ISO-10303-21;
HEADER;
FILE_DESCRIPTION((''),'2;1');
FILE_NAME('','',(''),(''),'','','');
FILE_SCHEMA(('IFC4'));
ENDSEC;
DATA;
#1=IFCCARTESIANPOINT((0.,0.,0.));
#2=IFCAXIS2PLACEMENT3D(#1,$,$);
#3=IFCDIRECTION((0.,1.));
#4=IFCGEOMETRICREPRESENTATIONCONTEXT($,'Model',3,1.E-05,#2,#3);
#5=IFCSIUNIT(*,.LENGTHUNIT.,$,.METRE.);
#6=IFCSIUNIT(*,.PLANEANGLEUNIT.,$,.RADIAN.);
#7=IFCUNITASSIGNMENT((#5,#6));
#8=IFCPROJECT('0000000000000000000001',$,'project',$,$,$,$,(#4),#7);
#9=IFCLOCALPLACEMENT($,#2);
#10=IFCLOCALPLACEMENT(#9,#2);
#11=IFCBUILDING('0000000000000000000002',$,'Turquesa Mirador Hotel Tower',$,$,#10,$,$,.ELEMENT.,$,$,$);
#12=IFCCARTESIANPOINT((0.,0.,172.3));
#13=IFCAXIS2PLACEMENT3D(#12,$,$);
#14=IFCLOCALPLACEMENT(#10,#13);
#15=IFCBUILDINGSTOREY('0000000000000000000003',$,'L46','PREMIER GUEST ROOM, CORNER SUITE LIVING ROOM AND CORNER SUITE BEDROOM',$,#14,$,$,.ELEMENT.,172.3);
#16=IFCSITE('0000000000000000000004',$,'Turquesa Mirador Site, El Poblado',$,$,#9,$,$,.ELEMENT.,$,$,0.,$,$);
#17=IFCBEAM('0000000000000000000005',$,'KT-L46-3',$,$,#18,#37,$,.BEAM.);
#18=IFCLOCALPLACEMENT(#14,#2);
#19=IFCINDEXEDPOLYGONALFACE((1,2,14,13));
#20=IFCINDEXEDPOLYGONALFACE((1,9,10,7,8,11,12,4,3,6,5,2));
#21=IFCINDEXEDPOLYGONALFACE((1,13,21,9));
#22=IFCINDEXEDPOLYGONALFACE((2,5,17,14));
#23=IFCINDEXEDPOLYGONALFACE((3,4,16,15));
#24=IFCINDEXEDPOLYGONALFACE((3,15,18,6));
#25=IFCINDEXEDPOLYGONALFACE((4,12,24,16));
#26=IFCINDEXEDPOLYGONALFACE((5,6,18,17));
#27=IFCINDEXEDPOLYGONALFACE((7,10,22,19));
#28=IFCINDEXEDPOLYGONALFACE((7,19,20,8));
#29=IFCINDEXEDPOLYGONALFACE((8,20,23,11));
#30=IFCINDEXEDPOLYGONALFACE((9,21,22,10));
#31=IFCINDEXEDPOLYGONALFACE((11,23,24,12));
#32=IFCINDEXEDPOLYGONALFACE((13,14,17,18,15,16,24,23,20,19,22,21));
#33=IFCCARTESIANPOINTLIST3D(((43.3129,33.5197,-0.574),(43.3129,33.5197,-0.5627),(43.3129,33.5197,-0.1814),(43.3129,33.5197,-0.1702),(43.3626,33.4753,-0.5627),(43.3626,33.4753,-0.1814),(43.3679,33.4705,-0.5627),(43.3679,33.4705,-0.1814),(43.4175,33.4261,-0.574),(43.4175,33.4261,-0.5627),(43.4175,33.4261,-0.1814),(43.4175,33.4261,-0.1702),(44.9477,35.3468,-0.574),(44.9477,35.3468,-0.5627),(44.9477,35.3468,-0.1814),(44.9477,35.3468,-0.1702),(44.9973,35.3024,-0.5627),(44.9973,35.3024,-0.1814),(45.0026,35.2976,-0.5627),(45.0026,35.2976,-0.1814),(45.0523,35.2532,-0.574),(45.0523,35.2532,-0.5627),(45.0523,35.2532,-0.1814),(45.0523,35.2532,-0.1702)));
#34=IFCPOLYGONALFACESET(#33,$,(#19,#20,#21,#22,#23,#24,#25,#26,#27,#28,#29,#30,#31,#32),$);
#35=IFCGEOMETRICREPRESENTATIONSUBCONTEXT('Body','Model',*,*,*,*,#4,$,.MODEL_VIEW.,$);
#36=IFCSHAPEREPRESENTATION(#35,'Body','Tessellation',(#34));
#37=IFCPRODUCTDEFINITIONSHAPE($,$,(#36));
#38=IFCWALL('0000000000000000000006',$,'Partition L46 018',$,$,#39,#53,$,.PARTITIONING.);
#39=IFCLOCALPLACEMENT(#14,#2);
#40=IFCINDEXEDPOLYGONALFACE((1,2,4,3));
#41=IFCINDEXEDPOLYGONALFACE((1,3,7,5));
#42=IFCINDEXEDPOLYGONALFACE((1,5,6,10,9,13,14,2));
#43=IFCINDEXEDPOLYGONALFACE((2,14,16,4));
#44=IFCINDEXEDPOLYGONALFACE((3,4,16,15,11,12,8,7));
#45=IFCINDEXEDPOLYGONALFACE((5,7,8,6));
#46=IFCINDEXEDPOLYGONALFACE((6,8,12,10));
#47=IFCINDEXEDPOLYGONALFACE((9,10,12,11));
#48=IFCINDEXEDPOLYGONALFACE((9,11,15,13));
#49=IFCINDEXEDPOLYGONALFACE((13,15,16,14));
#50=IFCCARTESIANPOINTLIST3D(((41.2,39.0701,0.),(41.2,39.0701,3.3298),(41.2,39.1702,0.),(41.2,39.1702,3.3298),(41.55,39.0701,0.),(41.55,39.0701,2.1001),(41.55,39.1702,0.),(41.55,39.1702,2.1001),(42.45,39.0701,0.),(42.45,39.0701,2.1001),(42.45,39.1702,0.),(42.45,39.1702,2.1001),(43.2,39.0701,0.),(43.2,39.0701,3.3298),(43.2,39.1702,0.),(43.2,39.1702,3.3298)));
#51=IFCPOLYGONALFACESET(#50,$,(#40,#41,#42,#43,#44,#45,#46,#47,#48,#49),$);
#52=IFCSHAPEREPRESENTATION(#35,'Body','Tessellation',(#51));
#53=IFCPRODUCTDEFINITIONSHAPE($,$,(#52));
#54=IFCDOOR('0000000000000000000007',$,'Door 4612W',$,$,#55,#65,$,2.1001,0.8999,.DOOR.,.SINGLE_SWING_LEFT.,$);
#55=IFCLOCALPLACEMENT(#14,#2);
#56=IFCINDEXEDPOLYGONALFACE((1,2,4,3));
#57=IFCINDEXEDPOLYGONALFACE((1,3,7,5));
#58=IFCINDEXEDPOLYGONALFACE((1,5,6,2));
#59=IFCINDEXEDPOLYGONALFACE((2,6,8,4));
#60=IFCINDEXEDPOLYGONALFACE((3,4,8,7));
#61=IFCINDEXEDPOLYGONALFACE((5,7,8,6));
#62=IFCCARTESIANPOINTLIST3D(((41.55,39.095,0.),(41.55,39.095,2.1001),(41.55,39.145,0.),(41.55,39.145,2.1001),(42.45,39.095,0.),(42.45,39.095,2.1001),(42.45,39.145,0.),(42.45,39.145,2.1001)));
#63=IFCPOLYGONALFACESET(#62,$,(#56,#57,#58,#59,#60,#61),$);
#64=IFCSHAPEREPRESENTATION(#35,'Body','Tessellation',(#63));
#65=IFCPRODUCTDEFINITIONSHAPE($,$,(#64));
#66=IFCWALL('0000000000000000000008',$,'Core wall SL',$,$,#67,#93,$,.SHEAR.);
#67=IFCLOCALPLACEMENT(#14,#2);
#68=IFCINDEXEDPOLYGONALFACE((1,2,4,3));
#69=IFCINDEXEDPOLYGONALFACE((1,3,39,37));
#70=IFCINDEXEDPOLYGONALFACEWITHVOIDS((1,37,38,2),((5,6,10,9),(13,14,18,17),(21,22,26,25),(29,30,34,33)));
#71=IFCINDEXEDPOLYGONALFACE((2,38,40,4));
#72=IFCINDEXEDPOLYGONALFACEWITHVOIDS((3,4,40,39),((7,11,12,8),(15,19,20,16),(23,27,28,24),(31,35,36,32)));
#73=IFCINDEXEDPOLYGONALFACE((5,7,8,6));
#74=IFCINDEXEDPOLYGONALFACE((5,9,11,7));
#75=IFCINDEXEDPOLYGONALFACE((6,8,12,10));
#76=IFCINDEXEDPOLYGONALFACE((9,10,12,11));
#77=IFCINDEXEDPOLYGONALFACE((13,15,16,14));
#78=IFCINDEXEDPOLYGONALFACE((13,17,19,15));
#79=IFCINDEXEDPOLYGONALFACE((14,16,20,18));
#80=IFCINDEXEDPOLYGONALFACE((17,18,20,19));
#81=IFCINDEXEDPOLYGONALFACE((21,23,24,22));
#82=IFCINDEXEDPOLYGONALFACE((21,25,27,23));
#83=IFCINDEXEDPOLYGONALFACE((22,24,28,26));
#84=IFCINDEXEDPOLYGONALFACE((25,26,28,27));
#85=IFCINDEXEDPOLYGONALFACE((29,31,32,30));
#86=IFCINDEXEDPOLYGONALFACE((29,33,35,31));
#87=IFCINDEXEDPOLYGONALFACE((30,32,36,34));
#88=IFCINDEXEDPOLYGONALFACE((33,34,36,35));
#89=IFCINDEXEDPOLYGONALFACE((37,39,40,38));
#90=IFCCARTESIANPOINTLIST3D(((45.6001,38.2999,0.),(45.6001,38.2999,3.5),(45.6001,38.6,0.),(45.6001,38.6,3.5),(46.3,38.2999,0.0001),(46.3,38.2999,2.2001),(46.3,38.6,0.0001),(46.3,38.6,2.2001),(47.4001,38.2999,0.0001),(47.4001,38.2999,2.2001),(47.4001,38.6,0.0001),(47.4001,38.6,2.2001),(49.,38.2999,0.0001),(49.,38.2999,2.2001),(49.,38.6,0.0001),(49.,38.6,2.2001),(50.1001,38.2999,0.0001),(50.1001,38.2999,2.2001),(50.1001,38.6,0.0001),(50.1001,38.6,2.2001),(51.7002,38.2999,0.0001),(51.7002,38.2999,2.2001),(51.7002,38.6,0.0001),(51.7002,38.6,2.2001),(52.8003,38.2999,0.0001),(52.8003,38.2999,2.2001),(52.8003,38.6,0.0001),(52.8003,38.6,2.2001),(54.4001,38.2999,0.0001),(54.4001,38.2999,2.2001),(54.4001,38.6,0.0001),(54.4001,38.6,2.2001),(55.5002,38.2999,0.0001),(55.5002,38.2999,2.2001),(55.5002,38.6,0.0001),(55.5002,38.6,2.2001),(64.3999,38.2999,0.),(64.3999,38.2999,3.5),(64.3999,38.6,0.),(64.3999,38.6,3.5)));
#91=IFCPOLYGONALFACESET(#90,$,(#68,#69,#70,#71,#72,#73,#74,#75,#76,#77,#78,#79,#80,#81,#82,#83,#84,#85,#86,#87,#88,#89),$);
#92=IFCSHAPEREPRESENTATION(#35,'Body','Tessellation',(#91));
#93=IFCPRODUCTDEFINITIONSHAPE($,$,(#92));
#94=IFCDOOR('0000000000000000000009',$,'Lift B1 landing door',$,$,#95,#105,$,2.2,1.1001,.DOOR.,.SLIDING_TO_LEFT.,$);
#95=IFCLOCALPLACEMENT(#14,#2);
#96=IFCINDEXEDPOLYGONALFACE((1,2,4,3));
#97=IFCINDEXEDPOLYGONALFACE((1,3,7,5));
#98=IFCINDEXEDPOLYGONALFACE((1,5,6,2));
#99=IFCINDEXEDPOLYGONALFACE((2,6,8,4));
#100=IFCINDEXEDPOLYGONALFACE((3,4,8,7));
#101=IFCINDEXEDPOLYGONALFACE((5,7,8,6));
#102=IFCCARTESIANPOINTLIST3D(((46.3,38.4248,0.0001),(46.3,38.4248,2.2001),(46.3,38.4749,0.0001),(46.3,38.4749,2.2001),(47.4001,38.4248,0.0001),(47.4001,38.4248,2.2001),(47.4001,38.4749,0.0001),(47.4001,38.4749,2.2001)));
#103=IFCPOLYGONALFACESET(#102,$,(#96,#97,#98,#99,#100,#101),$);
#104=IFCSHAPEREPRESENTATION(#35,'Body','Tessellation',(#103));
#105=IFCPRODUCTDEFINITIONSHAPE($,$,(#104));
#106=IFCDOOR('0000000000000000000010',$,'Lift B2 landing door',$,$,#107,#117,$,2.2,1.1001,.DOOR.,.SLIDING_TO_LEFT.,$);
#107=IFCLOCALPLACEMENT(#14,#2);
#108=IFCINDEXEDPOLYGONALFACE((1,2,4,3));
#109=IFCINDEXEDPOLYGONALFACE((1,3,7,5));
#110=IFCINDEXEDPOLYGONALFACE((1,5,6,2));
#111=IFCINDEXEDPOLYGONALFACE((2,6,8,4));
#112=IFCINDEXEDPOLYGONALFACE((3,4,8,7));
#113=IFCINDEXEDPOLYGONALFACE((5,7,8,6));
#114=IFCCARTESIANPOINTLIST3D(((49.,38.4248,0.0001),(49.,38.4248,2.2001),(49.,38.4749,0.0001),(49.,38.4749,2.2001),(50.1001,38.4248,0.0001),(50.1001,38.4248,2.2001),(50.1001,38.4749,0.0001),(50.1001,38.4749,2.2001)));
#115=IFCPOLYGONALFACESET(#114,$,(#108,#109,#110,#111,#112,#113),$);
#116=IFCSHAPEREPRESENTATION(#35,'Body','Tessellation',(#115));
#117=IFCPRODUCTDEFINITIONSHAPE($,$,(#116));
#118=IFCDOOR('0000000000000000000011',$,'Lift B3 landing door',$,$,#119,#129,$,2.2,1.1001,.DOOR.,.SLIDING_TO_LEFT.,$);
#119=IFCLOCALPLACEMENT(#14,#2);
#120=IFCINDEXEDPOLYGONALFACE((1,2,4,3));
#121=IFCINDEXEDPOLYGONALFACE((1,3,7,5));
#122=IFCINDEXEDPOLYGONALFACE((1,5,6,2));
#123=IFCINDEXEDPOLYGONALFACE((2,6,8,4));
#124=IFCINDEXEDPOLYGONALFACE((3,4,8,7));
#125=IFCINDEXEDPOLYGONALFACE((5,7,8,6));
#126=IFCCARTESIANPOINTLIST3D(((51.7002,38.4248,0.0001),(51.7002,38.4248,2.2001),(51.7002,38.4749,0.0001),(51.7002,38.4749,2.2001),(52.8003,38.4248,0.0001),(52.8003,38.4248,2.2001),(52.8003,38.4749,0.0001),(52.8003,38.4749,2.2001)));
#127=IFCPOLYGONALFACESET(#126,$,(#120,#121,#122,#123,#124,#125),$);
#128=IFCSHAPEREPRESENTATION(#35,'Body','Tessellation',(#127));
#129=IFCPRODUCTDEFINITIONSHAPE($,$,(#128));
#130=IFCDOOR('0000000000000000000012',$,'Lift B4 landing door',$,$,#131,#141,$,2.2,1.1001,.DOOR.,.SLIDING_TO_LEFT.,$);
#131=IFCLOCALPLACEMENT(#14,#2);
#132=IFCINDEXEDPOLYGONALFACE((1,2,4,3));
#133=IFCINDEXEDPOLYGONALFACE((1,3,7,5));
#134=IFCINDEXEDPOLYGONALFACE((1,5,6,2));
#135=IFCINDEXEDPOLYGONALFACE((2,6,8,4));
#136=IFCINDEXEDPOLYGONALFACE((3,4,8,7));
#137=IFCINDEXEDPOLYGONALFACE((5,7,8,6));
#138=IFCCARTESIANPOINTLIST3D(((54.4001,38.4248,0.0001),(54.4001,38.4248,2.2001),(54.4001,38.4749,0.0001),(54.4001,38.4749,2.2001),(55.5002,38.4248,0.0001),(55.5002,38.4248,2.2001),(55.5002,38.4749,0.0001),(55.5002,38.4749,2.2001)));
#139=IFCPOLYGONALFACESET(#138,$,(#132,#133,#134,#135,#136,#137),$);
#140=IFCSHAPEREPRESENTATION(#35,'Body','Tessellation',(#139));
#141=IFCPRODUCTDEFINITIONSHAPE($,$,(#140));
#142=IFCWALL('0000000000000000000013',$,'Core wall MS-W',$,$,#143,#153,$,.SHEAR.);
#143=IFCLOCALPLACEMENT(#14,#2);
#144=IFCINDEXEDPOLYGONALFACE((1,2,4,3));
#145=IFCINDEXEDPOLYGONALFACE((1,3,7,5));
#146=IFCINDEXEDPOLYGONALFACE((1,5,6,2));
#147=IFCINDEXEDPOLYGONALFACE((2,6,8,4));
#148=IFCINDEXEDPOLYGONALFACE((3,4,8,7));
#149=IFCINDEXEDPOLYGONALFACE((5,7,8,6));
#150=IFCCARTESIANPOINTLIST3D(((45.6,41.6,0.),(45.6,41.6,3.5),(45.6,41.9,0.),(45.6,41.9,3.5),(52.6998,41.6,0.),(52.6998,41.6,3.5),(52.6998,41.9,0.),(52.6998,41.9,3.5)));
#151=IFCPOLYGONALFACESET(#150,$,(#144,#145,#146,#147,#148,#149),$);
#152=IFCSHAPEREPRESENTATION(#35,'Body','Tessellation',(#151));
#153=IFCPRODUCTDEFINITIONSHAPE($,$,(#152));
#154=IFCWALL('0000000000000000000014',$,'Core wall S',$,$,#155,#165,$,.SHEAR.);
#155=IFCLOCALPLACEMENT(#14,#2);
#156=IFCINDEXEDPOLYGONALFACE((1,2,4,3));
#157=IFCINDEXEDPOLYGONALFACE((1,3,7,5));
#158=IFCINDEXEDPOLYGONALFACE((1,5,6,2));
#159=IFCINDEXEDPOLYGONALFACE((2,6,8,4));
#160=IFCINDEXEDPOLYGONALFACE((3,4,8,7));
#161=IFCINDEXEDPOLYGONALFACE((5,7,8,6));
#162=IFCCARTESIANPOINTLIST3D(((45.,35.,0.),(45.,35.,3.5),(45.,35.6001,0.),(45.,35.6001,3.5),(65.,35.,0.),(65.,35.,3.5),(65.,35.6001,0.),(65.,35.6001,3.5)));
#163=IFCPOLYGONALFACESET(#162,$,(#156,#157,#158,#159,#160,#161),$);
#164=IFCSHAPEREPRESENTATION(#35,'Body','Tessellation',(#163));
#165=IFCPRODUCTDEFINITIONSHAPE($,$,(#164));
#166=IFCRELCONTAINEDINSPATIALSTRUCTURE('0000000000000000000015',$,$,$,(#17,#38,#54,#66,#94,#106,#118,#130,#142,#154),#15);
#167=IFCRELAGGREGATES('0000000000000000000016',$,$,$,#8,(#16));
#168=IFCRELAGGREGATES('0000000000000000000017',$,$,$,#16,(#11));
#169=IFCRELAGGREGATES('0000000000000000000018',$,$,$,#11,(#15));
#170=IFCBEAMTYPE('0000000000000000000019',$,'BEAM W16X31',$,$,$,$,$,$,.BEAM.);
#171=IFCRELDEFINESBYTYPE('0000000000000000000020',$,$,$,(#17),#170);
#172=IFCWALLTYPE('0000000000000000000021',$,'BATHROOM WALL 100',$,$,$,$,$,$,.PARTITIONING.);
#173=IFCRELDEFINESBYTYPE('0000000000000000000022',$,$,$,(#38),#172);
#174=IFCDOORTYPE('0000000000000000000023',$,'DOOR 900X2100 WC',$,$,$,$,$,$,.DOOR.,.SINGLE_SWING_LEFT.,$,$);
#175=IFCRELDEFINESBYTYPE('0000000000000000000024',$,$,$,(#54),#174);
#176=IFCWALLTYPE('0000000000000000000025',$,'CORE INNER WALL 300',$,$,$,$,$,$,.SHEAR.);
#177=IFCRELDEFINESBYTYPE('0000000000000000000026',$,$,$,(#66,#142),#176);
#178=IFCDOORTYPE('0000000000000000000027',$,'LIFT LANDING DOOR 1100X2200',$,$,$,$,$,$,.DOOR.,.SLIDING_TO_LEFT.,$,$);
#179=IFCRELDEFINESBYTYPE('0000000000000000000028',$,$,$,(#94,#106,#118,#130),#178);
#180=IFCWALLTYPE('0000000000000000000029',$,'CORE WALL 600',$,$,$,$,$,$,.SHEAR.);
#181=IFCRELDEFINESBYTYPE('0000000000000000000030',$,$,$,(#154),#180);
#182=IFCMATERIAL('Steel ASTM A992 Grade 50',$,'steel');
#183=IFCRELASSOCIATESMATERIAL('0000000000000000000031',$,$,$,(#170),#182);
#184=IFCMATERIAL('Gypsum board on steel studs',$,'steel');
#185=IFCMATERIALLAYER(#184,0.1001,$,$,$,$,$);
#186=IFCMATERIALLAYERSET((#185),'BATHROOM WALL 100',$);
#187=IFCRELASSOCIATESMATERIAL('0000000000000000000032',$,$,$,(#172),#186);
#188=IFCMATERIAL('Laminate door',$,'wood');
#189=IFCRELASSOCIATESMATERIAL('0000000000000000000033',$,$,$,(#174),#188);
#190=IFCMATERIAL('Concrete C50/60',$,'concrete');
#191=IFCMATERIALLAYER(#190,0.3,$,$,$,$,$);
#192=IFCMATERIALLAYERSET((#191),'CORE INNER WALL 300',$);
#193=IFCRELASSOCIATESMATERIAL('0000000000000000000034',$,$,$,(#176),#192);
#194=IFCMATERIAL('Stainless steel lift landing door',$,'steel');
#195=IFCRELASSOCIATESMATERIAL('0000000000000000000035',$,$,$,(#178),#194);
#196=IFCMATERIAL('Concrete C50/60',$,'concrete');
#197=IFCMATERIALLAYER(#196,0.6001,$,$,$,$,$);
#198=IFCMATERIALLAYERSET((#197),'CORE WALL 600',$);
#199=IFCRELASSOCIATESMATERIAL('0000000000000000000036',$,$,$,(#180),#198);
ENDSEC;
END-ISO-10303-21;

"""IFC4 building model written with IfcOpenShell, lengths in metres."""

from ifc_helpers import new_model, si_unit, direction, frame, frame_2d, origin, origin_2d, place, context, subcontext, project, spatial, rectangle, i_section, extrude, material, layer, layer_set, material_profile, profile_set, type_object, element, fill, save


model = new_model("IFC4")

# Units and contexts
model_context = context("Model", 3, precision=1e-05, world=origin(), true_north=direction((0.0, 1.0)))
body_context = subcontext(model_context, "Body", "Model", "MODEL_VIEW")
ifc_project = project(units=[si_unit("LENGTHUNIT", "METRE"), si_unit("PLANEANGLEUNIT", "RADIAN")], contexts=[model_context])

# Site, building, storey
site_placement = place(None, origin())
site = spatial("IfcSite", under=ifc_project, at=site_placement, Name="Turquesa Mirador Site, El Poblado", CompositionType="ELEMENT", RefElevation=0.0)
building_placement = place(site_placement, origin())
building = spatial("IfcBuilding", under=site, at=building_placement, Name="Turquesa Mirador Hotel Tower", CompositionType="ELEMENT")
storey_placement = place(building_placement, frame((0.0, 0.0, 172.3)))
storey = spatial("IfcBuildingStorey", under=building, at=storey_placement, Name="L46", Description="PREMIER GUEST ROOM, CORNER SUITE LIVING ROOM AND CORNER SUITE BEDROOM", CompositionType="ELEMENT", Elevation=172.3)

# Beam
ifc_material_1 = material(Name="Steel ASTM A992 Grade 50", Category="steel")
ifc_material_profile = material_profile(ifc_material_1, i_section(OverallWidth=0.1404, OverallDepth=0.4038, WebThickness=0.0071, FlangeThickness=0.0112, at=origin_2d()), Name="W16X31")
ifc_profile_set = profile_set([ifc_material_profile], Name="Steel ASTM A992 Grade 50")
beam_type = type_object("IfcBeamType", Name="BEAM W16X31", PredefinedType="BEAM", material=ifc_profile_set)
beam_placement = place(storey_placement, frame((43.3652, 33.4729, -0.3721), z_axis=(0.666783, 0.745252, 0.0), x_axis=(-0.745252, 0.666783, 0.0)))
element("IfcBeam", 1, at=beam_placement, inside=storey, type_object=beam_type, Name="KT-L46-3", PredefinedType="BEAM", context=body_context, shape_type="SweptSolid", body=[
    extrude(i_section(OverallWidth=0.1404, OverallDepth=0.4038, WebThickness=0.0071, FlangeThickness=0.0112, at=origin_2d()), origin(), (0.0, 0.0, 1.0), 2.4517),
])

# Wall, opening, door
ifc_material_2 = material(Name="Gypsum board on steel studs", Category="steel")
ifc_layer_1 = layer(ifc_material_2, 0.1001)
ifc_layer_set_1 = layer_set([ifc_layer_1], Name="BATHROOM WALL 100")
wall_type_1 = type_object("IfcWallType", Name="BATHROOM WALL 100", PredefinedType="PARTITIONING", material=ifc_layer_set_1)
wall_1_placement = place(storey_placement, frame((41.2, 39.1201, 0.0), z_axis=(0.0, 0.0, 1.0), x_axis=(1.0, 0.0, 0.0)))
wall_1 = element("IfcWall", 2, at=wall_1_placement, inside=storey, type_object=wall_type_1, Name="Partition L46 018", PredefinedType="PARTITIONING", context=body_context, shape_type="SweptSolid", body=[
    extrude(rectangle(XDim=2.0, YDim=0.1001, at=frame_2d((1.0, 0.0))), origin(), (0.0, 0.0, 1.0), 3.3298),
])
opening_1_placement = place(wall_1_placement, frame((0.3501, 0.0, 0.0)))
opening_1 = element("IfcOpeningElement", 3, at=opening_1_placement, cuts=wall_1, PredefinedType="OPENING", context=body_context, shape_type="SweptSolid", body=[
    extrude(rectangle(XDim=0.8999, YDim=2.1001, at=frame_2d((0.45, 1.05))), frame((0.0, 0.0601, 0.0), z_axis=(0.0, -1.0, 0.0), x_axis=(1.0, 0.0, 0.0)), (0.0, 0.0, 1.0), 0.1201),
])
ifc_material_3 = material(Name="Laminate door", Category="wood")
door_type_1 = type_object("IfcDoorType", Name="DOOR 900X2100 WC", OperationType="SINGLE_SWING_LEFT", PredefinedType="DOOR", material=ifc_material_3)
door_1_placement = place(opening_1_placement, origin())
door_1 = element("IfcDoor", 4, at=door_1_placement, inside=storey, type_object=door_type_1, Name="Door 4612W", OperationType="SINGLE_SWING_LEFT", OverallHeight=2.1001, OverallWidth=0.8999, PredefinedType="DOOR", context=body_context, shape_type="SweptSolid", body=[
    extrude(rectangle(XDim=0.8999, YDim=2.1001, at=frame_2d((0.45, 1.05))), frame((0.0, 0.0249, 0.0), z_axis=(0.0, -1.0, 0.0), x_axis=(1.0, 0.0, 0.0)), (0.0, 0.0, 1.0), 0.05),
])
fill(opening_1, door_1)

# Wall, openings, doors
ifc_material_4 = material(Name="Concrete C50/60", Category="concrete")
ifc_layer_2 = layer(ifc_material_4, 0.3)
ifc_layer_set_2 = layer_set([ifc_layer_2], Name="CORE INNER WALL 300")
wall_type_2 = type_object("IfcWallType", Name="CORE INNER WALL 300", PredefinedType="SHEAR", material=ifc_layer_set_2)
wall_2_placement = place(storey_placement, frame((45.6001, 38.45, 0.0), z_axis=(0.0, 0.0, 1.0), x_axis=(1.0, 0.0, 0.0)))
wall_2 = element("IfcWall", 5, at=wall_2_placement, inside=storey, type_object=wall_type_2, Name="Core wall SL", PredefinedType="SHEAR", context=body_context, shape_type="SweptSolid", body=[
    extrude(rectangle(XDim=18.7998, YDim=0.3, at=frame_2d((9.3999, 0.0))), origin(), (0.0, 0.0, 1.0), 3.5),
])
opening_2_placement = place(wall_2_placement, frame((0.7, 0.0, 0.0)))
opening_2 = element("IfcOpeningElement", 6, at=opening_2_placement, cuts=wall_2, PredefinedType="OPENING", context=body_context, shape_type="SweptSolid", body=[
    extrude(rectangle(XDim=1.1001, YDim=2.2, at=frame_2d((0.55, 1.1001))), frame((0.0, 0.1599, 0.0), z_axis=(0.0, -1.0, 0.0), x_axis=(1.0, 0.0, 0.0)), (0.0, 0.0, 1.0), 0.3201),
])
opening_3_placement = place(wall_2_placement, frame((3.3999, 0.0, 0.0)))
opening_3 = element("IfcOpeningElement", 7, at=opening_3_placement, cuts=wall_2, PredefinedType="OPENING", context=body_context, shape_type="SweptSolid", body=[
    extrude(rectangle(XDim=1.1001, YDim=2.2, at=frame_2d((0.55, 1.1001))), frame((0.0, 0.1599, 0.0), z_axis=(0.0, -1.0, 0.0), x_axis=(1.0, 0.0, 0.0)), (0.0, 0.0, 1.0), 0.3201),
])
opening_4_placement = place(wall_2_placement, frame((6.1001, 0.0, 0.0)))
opening_4 = element("IfcOpeningElement", 8, at=opening_4_placement, cuts=wall_2, PredefinedType="OPENING", context=body_context, shape_type="SweptSolid", body=[
    extrude(rectangle(XDim=1.1001, YDim=2.2, at=frame_2d((0.55, 1.1001))), frame((0.0, 0.1599, 0.0), z_axis=(0.0, -1.0, 0.0), x_axis=(1.0, 0.0, 0.0)), (0.0, 0.0, 1.0), 0.3201),
])
opening_5_placement = place(wall_2_placement, frame((8.8, 0.0, 0.0)))
opening_5 = element("IfcOpeningElement", 9, at=opening_5_placement, cuts=wall_2, PredefinedType="OPENING", context=body_context, shape_type="SweptSolid", body=[
    extrude(rectangle(XDim=1.1001, YDim=2.2, at=frame_2d((0.55, 1.1001))), frame((0.0, 0.1599, 0.0), z_axis=(0.0, -1.0, 0.0), x_axis=(1.0, 0.0, 0.0)), (0.0, 0.0, 1.0), 0.3201),
])
ifc_material_5 = material(Name="Stainless steel lift landing door", Category="steel")
door_type_2 = type_object("IfcDoorType", Name="LIFT LANDING DOOR 1100X2200", OperationType="SLIDING_TO_LEFT", PredefinedType="DOOR", material=ifc_material_5)
door_2_placement = place(opening_2_placement, origin())
door_2 = element("IfcDoor", 10, at=door_2_placement, inside=storey, type_object=door_type_2, Name="Lift B1 landing door", OperationType="SLIDING_TO_LEFT", OverallHeight=2.2, OverallWidth=1.1001, PredefinedType="DOOR", context=body_context, shape_type="SweptSolid", body=[
    extrude(rectangle(XDim=1.1001, YDim=2.2, at=frame_2d((0.55, 1.1001))), frame((0.0, 0.0249, 0.0), z_axis=(0.0, -1.0, 0.0), x_axis=(1.0, 0.0, 0.0)), (0.0, 0.0, 1.0), 0.05),
])
fill(opening_2, door_2)
door_3_placement = place(opening_3_placement, origin())
door_3 = element("IfcDoor", 11, at=door_3_placement, inside=storey, type_object=door_type_2, Name="Lift B2 landing door", OperationType="SLIDING_TO_LEFT", OverallHeight=2.2, OverallWidth=1.1001, PredefinedType="DOOR", context=body_context, shape_type="SweptSolid", body=[
    extrude(rectangle(XDim=1.1001, YDim=2.2, at=frame_2d((0.55, 1.1001))), frame((0.0, 0.0249, 0.0), z_axis=(0.0, -1.0, 0.0), x_axis=(1.0, 0.0, 0.0)), (0.0, 0.0, 1.0), 0.05),
])
fill(opening_3, door_3)
door_4_placement = place(opening_4_placement, origin())
door_4 = element("IfcDoor", 12, at=door_4_placement, inside=storey, type_object=door_type_2, Name="Lift B3 landing door", OperationType="SLIDING_TO_LEFT", OverallHeight=2.2, OverallWidth=1.1001, PredefinedType="DOOR", context=body_context, shape_type="SweptSolid", body=[
    extrude(rectangle(XDim=1.1001, YDim=2.2, at=frame_2d((0.55, 1.1001))), frame((0.0, 0.0249, 0.0), z_axis=(0.0, -1.0, 0.0), x_axis=(1.0, 0.0, 0.0)), (0.0, 0.0, 1.0), 0.05),
])
fill(opening_4, door_4)
door_5_placement = place(opening_5_placement, origin())
door_5 = element("IfcDoor", 13, at=door_5_placement, inside=storey, type_object=door_type_2, Name="Lift B4 landing door", OperationType="SLIDING_TO_LEFT", OverallHeight=2.2, OverallWidth=1.1001, PredefinedType="DOOR", context=body_context, shape_type="SweptSolid", body=[
    extrude(rectangle(XDim=1.1001, YDim=2.2, at=frame_2d((0.55, 1.1001))), frame((0.0, 0.0249, 0.0), z_axis=(0.0, -1.0, 0.0), x_axis=(1.0, 0.0, 0.0)), (0.0, 0.0, 1.0), 0.05),
])
fill(opening_5, door_5)

# Walls
wall_3_placement = place(storey_placement, frame((45.6001, 41.75, 0.0), z_axis=(0.0, 0.0, 1.0), x_axis=(1.0, 0.0, 0.0)))
element("IfcWall", 14, at=wall_3_placement, inside=storey, type_object=wall_type_2, Name="Core wall MS-W", PredefinedType="SHEAR", context=body_context, shape_type="SweptSolid", body=[
    extrude(rectangle(XDim=7.0999, YDim=0.3, at=frame_2d((3.5498, 0.0))), origin(), (0.0, 0.0, 1.0), 3.5),
])
ifc_material_6 = material(Name="Concrete C50/60", Category="concrete")
ifc_layer_3 = layer(ifc_material_6, 0.6001)
ifc_layer_set_3 = layer_set([ifc_layer_3], Name="CORE WALL 600")
wall_type_3 = type_object("IfcWallType", Name="CORE WALL 600", PredefinedType="SHEAR", material=ifc_layer_set_3)
wall_4_placement = place(storey_placement, frame((45.0, 35.3, 0.0), z_axis=(0.0, 0.0, 1.0), x_axis=(1.0, 0.0, 0.0)))
element("IfcWall", 15, at=wall_4_placement, inside=storey, type_object=wall_type_3, Name="Core wall S", PredefinedType="SHEAR", context=body_context, shape_type="SweptSolid", body=[
    extrude(rectangle(XDim=20.0, YDim=0.6001, at=frame_2d((10.0, 0.0))), origin(), (0.0, 0.0, 1.0), 3.5),
])

save(model, "model.ifc")
